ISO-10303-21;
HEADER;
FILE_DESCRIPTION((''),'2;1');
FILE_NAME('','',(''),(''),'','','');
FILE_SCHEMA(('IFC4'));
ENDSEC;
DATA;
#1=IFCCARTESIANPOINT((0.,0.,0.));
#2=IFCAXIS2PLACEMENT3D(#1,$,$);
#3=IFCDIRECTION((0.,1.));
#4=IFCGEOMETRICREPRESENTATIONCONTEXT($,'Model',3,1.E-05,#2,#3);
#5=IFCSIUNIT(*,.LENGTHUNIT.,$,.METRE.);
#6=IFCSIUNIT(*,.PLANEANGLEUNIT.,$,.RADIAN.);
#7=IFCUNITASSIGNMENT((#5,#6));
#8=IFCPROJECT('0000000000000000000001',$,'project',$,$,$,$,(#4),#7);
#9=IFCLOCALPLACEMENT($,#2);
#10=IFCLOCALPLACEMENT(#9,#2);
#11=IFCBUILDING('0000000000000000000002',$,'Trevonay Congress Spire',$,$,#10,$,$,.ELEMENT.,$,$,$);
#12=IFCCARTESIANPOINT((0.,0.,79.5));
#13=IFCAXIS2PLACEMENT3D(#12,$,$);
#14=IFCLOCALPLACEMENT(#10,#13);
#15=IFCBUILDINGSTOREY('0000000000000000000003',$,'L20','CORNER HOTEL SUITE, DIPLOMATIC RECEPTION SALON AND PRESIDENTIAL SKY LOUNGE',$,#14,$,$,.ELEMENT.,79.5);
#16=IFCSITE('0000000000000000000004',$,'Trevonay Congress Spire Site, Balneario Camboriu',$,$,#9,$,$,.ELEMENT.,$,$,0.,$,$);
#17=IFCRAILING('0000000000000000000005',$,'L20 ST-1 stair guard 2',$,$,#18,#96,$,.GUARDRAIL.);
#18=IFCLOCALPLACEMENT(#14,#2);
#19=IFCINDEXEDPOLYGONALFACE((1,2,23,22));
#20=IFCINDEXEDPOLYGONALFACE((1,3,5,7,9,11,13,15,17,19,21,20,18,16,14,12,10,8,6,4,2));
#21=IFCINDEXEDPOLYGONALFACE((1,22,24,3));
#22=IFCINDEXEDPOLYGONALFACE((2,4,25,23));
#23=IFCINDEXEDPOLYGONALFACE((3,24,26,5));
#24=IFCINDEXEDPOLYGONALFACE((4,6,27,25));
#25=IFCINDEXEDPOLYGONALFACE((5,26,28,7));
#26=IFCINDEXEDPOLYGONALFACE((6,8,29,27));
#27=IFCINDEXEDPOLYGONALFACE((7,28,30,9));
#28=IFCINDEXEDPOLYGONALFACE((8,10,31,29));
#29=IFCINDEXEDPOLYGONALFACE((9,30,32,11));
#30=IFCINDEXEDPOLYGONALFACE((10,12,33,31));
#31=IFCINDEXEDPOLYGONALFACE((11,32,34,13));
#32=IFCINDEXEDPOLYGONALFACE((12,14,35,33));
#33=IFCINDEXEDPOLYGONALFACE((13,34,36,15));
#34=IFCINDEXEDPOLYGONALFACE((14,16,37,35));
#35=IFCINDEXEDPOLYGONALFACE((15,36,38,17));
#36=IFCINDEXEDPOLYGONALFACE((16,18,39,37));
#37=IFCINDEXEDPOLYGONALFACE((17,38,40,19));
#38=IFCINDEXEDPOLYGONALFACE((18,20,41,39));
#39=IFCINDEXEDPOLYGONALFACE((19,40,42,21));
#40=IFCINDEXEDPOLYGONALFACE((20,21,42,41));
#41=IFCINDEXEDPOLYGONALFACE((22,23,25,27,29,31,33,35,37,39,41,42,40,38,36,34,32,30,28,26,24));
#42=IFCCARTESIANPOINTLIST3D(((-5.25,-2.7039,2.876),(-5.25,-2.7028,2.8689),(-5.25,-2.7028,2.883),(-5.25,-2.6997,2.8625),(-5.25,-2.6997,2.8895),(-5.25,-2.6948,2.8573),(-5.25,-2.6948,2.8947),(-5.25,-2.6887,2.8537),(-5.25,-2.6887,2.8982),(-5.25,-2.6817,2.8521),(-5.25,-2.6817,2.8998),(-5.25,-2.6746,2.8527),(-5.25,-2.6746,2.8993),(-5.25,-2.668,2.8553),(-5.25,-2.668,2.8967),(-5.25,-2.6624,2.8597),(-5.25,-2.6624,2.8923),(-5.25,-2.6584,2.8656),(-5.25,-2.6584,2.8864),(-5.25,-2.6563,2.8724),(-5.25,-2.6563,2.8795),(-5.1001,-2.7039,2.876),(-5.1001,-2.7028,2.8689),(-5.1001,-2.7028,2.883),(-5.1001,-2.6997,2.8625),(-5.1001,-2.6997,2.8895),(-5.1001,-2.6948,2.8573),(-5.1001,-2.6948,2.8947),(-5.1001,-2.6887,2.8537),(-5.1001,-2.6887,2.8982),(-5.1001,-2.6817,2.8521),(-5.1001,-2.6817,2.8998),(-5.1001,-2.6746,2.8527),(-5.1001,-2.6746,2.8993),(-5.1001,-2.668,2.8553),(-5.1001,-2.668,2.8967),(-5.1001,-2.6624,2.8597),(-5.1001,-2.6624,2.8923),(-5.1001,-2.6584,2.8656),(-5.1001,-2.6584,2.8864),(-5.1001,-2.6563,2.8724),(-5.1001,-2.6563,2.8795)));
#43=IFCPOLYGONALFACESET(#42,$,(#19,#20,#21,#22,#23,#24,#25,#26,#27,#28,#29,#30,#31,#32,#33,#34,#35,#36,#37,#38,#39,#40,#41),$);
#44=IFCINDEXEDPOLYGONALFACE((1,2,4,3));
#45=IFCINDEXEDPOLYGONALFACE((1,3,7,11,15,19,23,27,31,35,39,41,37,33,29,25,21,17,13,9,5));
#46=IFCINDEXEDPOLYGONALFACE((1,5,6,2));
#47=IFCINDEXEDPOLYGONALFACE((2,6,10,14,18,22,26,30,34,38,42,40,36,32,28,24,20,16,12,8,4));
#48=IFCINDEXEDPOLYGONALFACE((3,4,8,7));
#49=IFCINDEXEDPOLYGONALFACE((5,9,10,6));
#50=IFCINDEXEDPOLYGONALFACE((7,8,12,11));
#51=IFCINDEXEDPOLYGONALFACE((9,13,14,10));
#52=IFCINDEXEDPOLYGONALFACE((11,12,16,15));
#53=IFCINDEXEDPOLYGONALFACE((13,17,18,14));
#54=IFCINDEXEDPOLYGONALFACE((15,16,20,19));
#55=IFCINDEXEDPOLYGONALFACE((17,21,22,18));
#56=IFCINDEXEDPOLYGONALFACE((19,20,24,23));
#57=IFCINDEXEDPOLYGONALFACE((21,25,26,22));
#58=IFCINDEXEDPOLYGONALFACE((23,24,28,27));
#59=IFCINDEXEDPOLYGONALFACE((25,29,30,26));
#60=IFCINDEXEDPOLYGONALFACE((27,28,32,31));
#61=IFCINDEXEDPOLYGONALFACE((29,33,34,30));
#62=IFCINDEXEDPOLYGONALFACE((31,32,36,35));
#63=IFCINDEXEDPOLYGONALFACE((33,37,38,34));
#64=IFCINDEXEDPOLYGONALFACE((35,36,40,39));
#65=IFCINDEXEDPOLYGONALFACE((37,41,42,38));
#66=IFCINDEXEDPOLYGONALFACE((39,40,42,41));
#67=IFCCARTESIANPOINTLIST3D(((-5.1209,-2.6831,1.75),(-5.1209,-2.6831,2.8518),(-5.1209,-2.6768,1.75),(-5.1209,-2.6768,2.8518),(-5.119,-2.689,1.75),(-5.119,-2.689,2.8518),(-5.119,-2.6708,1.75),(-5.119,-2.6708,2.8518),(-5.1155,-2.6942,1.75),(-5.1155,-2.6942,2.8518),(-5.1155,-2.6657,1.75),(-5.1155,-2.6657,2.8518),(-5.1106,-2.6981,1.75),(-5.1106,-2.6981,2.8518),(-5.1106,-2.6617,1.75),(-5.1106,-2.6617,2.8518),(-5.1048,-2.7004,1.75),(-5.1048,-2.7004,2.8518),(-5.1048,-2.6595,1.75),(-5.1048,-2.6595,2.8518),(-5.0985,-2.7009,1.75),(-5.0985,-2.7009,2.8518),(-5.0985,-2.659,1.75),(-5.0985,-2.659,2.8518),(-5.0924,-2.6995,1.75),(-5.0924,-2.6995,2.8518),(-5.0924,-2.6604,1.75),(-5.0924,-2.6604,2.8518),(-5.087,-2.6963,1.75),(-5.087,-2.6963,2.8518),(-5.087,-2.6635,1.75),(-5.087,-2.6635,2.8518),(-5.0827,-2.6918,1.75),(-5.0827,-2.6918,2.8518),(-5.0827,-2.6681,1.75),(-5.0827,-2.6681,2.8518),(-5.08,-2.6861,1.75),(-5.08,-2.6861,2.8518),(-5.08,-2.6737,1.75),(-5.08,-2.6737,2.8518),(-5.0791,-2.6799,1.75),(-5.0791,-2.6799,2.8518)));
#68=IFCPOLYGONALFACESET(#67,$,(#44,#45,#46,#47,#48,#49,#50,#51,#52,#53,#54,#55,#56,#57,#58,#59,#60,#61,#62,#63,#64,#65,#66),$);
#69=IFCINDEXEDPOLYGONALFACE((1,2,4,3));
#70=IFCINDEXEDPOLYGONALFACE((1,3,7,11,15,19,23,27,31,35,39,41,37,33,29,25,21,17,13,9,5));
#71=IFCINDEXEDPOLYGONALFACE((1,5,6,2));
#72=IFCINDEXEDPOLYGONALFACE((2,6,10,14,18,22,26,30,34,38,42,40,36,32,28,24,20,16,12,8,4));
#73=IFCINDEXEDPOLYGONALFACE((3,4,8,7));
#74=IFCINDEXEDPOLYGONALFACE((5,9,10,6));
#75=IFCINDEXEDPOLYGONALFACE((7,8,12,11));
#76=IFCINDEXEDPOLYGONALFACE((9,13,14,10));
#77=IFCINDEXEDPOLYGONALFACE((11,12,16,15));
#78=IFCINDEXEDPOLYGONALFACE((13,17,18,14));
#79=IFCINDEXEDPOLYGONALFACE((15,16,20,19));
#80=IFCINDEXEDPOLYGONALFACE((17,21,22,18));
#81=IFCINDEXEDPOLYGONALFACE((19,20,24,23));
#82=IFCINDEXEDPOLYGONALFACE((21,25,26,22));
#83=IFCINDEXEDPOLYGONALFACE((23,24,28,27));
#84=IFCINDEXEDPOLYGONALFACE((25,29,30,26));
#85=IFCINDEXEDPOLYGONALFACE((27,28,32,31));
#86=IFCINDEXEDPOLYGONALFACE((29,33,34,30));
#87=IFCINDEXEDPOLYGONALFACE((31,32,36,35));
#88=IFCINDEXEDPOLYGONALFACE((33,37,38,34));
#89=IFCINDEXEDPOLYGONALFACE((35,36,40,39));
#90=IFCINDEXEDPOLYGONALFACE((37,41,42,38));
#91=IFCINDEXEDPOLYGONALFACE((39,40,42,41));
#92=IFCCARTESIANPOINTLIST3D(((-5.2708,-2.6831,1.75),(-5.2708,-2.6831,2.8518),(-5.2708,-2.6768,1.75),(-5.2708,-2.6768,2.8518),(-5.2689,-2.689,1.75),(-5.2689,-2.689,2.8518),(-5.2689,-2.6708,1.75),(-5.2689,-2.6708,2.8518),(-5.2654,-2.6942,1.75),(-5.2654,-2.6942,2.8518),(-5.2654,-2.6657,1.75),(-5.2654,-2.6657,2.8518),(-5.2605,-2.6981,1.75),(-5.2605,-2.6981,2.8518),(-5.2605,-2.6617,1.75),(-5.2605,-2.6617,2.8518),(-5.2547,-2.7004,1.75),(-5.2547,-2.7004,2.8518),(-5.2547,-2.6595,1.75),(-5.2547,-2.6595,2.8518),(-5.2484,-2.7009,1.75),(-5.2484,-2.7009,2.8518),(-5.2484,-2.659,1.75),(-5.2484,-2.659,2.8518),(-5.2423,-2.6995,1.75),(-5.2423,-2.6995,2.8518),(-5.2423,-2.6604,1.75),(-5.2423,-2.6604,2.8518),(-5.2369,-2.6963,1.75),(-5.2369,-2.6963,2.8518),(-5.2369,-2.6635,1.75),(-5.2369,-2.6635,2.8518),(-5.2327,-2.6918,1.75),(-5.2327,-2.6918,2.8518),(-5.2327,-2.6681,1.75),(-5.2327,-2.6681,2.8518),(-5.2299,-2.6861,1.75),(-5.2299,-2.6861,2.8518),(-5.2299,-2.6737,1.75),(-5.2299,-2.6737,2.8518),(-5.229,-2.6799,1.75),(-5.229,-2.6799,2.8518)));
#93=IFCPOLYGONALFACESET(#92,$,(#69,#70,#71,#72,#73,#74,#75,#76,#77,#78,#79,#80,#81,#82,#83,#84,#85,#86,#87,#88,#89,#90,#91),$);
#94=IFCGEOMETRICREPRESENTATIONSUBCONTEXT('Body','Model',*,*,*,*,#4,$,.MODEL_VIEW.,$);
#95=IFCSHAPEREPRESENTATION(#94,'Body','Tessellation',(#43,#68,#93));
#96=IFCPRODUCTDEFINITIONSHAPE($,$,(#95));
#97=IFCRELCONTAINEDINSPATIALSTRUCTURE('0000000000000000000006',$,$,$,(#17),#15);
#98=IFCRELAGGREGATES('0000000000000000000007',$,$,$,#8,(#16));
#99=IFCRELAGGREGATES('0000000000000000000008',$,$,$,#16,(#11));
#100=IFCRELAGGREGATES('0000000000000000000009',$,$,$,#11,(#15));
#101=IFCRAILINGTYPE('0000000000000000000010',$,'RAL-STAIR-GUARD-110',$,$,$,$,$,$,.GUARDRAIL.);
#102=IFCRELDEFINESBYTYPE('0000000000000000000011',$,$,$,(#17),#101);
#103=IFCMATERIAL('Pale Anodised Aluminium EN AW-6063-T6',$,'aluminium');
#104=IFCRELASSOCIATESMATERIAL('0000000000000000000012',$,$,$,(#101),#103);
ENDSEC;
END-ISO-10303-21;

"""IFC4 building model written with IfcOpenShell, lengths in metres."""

from ifc_helpers import new_model, si_unit, direction, frame, origin, origin_2d, place, context, subcontext, project, spatial, circle, extrude, material, type_object, element, save


model = new_model("IFC4")

# Units and contexts
model_context = context("Model", 3, precision=1e-05, world=origin(), true_north=direction((0.0, 1.0)))
body_context = subcontext(model_context, "Body", "Model", "MODEL_VIEW")
ifc_project = project(units=[si_unit("LENGTHUNIT", "METRE"), si_unit("PLANEANGLEUNIT", "RADIAN")], contexts=[model_context])

# Site, building, storey
site_placement = place(None, origin())
site = spatial("IfcSite", under=ifc_project, at=site_placement, Name="Trevonay Congress Spire Site, Balneario Camboriu", CompositionType="ELEMENT", RefElevation=0.0)
building_placement = place(site_placement, origin())
building = spatial("IfcBuilding", under=site, at=building_placement, Name="Trevonay Congress Spire", CompositionType="ELEMENT")
storey_placement = place(building_placement, frame((0.0, 0.0, 79.5)))
storey = spatial("IfcBuildingStorey", under=building, at=storey_placement, Name="L20", Description="CORNER HOTEL SUITE, DIPLOMATIC RECEPTION SALON AND PRESIDENTIAL SKY LOUNGE", CompositionType="ELEMENT", Elevation=79.5)

# Shared definitions
ifc_material_1 = material(Name="Pale Anodised Aluminium EN AW-6063-T6", Category="aluminium")

# Railing
railing_type_1 = type_object("IfcRailingType", Name="RAL-STAIR-GUARD-110", PredefinedType="GUARDRAIL", material=ifc_material_1)
railing_1_placement = place(storey_placement, frame((-5.1001, -2.6799, 1.75)))
element("IfcRailing", 1, at=railing_1_placement, inside=storey, type_object=railing_type_1, Name="L20 ST-1 stair guard 2", PredefinedType="GUARDRAIL", context=body_context, shape_type="SweptSolid", body=[
    extrude(circle(Radius=0.0239, at=origin_2d()), frame((0.0, 0.0, 1.126), z_axis=(-1.0, 0.0, 0.0), x_axis=(0.0, -1.0, 0.0)), (0.0, 0.0, 1.0), 0.1499),
    extrude(circle(Radius=0.021, at=origin_2d()), origin(), (0.0, 0.0, 1.0), 1.1018),
    extrude(circle(Radius=0.021, at=origin_2d()), frame((-0.1499, 0.0, 0.0)), (0.0, 0.0, 1.0), 1.1018),
])

save(model, "model.ifc")
